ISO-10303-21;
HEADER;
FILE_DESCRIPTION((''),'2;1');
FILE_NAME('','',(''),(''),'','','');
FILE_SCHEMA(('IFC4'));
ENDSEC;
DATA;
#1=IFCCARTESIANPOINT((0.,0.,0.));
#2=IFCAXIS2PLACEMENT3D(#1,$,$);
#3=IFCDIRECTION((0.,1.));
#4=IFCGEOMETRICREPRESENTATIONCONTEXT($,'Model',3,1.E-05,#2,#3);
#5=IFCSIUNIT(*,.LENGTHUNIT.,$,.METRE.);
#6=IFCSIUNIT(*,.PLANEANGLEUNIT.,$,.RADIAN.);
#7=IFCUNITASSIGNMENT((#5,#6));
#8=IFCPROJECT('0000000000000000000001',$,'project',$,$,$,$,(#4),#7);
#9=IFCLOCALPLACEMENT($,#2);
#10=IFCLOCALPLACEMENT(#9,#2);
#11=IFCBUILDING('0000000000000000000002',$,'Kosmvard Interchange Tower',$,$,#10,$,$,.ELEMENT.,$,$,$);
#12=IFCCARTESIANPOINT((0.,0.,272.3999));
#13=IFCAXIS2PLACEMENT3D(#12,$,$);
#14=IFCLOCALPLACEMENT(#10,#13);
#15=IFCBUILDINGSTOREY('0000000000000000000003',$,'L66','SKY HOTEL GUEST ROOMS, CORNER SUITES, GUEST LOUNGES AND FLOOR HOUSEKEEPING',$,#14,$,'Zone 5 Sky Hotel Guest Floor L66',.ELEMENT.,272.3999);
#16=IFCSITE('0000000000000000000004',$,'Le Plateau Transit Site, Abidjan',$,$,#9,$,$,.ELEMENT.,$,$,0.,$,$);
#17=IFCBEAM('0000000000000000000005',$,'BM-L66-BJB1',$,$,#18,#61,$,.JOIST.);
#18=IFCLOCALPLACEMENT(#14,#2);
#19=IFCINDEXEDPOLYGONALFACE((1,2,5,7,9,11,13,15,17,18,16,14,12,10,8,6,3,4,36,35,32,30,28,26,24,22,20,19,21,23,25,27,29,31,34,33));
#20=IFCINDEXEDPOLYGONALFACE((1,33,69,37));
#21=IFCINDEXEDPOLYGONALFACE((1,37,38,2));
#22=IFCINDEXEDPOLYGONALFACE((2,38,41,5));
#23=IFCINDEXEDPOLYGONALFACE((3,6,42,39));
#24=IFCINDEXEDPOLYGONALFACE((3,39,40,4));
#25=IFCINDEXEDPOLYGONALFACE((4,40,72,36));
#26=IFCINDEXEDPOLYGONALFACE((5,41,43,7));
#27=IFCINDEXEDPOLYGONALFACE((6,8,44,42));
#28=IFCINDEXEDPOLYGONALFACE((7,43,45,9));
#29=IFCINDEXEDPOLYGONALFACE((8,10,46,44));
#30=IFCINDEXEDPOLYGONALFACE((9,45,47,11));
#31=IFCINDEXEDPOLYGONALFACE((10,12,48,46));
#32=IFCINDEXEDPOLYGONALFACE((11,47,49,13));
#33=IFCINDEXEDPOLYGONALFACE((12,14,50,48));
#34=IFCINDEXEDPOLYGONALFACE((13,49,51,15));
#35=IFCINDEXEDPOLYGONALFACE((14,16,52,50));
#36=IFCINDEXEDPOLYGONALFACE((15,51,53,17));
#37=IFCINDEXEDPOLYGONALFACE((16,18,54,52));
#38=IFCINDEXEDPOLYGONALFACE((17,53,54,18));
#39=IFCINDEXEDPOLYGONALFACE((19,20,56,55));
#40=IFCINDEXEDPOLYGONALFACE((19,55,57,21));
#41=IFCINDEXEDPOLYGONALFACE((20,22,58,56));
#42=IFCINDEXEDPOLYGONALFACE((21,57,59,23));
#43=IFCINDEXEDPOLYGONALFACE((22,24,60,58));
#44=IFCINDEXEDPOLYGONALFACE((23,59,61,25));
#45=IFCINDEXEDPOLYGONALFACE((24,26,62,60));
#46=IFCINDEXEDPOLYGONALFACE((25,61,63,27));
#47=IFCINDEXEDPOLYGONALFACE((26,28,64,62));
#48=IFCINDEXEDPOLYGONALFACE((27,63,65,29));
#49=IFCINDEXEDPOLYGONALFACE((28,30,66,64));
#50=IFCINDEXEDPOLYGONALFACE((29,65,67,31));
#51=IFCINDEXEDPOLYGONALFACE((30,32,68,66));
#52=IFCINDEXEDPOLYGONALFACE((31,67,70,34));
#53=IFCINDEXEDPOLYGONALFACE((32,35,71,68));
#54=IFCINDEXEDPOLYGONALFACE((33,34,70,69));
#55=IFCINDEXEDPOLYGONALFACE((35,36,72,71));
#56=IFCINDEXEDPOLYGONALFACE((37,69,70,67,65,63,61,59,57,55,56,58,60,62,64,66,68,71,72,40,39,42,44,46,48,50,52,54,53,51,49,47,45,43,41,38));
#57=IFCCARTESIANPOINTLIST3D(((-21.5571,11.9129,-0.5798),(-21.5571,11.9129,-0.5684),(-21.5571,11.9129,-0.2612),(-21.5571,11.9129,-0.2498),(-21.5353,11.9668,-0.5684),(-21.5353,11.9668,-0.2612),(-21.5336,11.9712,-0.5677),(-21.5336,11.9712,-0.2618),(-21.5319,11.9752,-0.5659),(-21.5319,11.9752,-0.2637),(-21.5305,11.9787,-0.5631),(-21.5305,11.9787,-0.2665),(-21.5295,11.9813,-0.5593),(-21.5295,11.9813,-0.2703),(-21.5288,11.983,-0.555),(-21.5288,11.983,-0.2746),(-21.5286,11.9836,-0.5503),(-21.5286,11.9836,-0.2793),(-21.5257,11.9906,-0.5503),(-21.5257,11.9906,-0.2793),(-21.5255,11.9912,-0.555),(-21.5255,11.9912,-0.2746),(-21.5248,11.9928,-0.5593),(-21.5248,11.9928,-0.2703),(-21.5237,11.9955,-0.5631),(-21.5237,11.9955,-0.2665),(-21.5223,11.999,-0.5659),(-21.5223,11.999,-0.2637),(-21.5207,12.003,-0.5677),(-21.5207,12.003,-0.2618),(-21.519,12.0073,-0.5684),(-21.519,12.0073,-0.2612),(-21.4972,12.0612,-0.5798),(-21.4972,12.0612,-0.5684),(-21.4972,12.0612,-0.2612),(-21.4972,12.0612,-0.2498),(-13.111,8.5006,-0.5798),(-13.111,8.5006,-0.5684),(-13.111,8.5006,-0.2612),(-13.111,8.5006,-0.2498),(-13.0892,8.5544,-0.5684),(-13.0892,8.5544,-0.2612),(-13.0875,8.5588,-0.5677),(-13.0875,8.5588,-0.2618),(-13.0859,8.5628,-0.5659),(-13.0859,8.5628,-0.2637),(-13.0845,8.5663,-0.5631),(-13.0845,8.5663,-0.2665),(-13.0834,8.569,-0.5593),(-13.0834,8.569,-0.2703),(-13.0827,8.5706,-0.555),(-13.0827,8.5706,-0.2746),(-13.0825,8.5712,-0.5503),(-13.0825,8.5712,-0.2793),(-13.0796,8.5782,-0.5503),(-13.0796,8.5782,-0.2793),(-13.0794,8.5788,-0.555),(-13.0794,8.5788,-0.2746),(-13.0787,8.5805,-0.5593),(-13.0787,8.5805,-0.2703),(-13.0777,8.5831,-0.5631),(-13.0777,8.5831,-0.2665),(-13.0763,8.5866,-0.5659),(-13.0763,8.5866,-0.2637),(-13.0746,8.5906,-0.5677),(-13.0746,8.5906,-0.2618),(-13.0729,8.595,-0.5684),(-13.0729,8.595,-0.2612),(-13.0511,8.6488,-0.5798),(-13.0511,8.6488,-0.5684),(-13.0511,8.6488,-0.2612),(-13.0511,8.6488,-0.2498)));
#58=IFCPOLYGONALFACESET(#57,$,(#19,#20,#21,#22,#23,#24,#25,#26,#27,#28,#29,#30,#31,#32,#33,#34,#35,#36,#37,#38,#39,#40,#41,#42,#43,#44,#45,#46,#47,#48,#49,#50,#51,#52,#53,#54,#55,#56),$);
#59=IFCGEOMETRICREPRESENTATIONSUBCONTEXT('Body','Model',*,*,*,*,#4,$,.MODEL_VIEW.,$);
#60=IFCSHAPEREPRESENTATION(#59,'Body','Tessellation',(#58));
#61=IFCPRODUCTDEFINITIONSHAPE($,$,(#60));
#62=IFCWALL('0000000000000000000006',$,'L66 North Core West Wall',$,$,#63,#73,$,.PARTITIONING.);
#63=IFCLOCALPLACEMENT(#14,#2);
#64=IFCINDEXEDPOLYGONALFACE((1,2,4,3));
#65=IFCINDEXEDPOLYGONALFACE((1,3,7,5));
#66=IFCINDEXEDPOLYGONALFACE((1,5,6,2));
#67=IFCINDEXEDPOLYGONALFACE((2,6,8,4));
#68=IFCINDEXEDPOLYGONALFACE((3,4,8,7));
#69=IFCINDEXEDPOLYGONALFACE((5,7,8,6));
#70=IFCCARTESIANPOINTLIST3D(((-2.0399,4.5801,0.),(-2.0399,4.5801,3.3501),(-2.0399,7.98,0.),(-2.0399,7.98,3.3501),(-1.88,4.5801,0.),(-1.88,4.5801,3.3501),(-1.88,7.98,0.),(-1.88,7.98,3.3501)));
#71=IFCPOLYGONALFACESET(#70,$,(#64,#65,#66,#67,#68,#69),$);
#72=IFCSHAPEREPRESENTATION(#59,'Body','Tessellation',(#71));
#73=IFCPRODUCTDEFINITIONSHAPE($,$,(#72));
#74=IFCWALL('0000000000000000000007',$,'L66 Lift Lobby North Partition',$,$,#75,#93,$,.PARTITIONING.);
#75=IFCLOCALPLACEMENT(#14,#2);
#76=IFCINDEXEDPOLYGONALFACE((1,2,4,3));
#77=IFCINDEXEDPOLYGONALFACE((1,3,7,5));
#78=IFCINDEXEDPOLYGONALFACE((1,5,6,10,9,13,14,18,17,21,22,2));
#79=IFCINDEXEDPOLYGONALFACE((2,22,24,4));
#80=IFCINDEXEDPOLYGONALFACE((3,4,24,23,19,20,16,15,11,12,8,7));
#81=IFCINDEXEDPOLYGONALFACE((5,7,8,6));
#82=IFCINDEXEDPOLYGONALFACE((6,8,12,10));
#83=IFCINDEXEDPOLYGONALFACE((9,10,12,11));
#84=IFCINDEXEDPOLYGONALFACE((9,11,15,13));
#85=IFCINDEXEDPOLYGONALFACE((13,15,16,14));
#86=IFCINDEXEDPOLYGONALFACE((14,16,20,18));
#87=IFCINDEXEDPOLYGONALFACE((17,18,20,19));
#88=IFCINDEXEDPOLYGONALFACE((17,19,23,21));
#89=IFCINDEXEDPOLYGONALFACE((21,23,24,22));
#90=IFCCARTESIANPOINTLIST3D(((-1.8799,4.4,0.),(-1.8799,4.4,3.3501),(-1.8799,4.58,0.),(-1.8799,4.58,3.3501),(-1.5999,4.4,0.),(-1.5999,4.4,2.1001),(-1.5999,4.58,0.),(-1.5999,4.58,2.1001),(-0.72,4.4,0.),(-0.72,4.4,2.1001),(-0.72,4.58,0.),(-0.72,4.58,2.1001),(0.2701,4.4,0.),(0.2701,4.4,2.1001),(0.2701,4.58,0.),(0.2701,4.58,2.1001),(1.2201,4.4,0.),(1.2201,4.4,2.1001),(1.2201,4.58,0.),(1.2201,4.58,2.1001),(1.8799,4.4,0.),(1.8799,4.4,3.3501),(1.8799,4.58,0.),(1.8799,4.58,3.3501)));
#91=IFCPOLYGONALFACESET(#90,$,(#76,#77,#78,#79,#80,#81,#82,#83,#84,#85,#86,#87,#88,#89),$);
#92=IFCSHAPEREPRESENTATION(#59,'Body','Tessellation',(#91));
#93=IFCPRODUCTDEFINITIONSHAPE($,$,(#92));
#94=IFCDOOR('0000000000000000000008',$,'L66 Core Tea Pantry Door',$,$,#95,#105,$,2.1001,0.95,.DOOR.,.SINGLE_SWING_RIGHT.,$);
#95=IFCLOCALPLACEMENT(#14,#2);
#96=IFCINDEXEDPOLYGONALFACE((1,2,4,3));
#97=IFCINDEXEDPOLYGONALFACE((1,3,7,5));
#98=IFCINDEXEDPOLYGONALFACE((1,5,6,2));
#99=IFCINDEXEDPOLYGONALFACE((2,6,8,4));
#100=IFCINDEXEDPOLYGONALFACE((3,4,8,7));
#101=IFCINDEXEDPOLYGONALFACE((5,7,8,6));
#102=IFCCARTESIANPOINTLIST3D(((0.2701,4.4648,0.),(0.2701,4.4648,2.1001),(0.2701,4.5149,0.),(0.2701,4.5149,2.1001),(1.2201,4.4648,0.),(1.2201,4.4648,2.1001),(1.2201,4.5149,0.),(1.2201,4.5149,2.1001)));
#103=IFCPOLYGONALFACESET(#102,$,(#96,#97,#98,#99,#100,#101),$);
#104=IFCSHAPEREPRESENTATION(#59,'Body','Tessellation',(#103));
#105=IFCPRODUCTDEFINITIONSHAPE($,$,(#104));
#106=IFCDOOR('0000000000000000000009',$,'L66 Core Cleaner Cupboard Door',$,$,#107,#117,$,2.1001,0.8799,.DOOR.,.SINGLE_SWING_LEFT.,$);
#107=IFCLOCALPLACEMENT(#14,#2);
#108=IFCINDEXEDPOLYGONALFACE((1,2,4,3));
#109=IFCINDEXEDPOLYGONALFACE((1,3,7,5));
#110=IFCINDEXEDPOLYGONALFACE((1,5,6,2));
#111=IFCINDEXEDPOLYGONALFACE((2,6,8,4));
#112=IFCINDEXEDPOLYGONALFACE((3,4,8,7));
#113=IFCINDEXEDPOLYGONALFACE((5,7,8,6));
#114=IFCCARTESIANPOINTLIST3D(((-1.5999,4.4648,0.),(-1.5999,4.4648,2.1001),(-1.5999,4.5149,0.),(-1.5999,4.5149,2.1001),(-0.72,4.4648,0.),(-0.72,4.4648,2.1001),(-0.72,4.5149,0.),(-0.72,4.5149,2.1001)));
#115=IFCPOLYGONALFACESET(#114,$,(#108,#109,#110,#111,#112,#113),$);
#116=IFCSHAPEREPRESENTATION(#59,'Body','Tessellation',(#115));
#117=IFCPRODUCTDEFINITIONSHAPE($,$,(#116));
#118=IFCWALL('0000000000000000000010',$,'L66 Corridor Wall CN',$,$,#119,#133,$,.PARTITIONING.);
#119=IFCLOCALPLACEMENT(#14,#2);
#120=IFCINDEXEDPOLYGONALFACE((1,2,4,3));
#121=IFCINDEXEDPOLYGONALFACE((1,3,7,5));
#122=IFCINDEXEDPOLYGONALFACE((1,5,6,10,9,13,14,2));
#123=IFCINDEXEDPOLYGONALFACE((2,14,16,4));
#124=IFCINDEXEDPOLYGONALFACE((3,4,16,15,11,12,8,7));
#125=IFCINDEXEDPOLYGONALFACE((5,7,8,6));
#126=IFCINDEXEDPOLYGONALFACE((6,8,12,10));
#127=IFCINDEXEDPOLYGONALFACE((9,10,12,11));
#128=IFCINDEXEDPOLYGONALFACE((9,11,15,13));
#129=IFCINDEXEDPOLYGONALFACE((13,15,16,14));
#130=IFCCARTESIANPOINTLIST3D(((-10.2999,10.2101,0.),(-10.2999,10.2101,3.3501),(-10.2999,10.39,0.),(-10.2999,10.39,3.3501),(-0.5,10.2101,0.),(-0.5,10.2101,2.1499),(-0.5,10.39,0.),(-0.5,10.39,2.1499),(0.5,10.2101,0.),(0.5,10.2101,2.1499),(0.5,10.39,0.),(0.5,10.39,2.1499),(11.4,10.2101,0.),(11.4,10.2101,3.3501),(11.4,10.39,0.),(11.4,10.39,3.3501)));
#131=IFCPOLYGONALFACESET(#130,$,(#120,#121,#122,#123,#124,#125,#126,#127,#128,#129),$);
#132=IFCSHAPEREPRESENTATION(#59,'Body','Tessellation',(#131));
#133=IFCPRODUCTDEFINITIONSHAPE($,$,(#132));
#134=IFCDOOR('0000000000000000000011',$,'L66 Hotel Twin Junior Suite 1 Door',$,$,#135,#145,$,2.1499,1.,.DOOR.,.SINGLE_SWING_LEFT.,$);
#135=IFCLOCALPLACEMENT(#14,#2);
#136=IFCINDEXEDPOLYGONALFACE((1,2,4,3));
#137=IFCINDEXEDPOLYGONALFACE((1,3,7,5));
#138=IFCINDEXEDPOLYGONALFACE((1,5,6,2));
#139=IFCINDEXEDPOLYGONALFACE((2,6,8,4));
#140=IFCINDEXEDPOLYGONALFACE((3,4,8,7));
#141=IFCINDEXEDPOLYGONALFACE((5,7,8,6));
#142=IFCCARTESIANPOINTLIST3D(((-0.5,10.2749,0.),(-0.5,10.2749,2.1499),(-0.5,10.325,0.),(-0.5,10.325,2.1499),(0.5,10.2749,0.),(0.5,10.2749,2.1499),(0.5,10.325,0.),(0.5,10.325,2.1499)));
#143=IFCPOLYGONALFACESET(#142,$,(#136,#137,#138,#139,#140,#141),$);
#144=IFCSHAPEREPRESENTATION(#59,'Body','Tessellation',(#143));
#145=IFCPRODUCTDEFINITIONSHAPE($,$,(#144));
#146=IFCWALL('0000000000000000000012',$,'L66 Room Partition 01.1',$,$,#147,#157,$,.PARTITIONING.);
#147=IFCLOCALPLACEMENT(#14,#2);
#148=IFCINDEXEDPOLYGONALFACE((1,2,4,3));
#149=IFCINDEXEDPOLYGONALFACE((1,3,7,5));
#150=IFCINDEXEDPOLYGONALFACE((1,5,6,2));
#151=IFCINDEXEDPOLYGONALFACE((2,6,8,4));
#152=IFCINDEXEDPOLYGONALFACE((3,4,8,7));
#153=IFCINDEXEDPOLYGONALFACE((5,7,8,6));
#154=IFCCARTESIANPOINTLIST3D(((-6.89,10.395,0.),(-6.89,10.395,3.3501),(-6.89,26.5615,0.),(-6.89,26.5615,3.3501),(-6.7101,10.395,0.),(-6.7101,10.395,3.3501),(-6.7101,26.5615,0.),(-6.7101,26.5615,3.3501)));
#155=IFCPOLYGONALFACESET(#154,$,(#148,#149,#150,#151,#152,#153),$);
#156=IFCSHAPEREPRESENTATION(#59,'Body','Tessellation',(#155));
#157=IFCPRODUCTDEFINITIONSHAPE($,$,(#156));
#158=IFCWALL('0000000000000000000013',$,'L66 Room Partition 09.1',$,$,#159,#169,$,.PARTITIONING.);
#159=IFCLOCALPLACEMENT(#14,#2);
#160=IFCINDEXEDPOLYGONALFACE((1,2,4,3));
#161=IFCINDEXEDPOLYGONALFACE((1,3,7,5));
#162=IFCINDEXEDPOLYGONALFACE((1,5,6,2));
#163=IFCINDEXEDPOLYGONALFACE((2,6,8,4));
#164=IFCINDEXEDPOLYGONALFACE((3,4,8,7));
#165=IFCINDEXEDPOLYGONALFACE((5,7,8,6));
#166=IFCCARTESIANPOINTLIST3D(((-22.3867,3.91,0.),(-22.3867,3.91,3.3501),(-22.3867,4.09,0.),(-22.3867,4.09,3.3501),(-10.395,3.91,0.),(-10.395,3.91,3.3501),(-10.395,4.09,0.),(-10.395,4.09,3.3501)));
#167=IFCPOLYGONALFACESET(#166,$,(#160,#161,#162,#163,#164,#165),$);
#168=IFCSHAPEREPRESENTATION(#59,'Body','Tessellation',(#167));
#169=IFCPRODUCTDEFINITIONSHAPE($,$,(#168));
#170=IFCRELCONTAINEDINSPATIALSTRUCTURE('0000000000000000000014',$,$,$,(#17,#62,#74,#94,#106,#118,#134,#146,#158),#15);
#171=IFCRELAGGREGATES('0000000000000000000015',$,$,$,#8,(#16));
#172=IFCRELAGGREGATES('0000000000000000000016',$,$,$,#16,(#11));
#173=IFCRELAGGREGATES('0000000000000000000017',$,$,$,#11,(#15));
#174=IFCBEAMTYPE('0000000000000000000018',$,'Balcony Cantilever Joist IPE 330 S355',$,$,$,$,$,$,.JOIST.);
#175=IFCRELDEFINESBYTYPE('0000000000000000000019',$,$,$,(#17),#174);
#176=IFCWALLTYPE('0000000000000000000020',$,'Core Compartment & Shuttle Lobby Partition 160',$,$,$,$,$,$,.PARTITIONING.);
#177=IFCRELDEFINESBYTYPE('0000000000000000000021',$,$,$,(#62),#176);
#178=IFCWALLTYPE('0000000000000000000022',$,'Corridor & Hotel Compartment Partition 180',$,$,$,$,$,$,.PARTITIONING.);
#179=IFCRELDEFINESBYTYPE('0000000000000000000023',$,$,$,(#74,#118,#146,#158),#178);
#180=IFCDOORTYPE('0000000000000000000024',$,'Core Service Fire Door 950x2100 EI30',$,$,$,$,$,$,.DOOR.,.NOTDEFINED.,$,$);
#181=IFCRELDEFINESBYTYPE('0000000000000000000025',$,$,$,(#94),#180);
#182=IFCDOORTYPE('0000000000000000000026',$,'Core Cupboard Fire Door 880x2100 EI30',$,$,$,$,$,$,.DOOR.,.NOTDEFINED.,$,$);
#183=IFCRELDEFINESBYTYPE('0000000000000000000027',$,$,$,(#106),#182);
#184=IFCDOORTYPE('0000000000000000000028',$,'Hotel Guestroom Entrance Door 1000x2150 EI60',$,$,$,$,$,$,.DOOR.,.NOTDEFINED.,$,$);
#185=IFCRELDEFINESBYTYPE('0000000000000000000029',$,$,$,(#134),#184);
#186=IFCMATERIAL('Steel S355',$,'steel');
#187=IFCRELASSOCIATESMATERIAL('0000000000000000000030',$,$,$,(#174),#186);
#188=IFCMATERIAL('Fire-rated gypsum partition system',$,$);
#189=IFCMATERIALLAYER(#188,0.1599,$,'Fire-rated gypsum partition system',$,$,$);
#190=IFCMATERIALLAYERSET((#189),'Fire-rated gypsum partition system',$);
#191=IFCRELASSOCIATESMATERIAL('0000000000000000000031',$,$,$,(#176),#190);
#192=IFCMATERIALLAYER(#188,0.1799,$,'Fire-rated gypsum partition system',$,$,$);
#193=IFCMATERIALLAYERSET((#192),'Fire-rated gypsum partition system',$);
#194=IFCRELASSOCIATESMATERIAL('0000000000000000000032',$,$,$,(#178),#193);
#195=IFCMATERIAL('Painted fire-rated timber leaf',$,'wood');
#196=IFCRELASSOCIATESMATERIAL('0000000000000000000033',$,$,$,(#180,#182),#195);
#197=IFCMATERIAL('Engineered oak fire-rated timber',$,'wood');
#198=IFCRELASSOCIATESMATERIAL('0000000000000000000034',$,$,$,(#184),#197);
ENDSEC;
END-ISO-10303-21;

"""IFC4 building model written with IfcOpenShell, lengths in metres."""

from ifc_helpers import new_model, si_unit, direction, frame, frame_2d, origin, origin_2d, place, context, subcontext, project, spatial, rectangle, i_section, extrude, source, transform, mapped, material, layer, layer_set, material_profile, profile_set, type_object, element, fill, save


model = new_model("IFC4")

# Units and contexts
model_context = context("Model", 3, precision=1e-05, world=origin(), true_north=direction((0.0, 1.0)))
body_context = subcontext(model_context, "Body", "Model", "MODEL_VIEW")
ifc_project = project(units=[si_unit("LENGTHUNIT", "METRE"), si_unit("PLANEANGLEUNIT", "RADIAN")], contexts=[model_context])

# Site, building, storey
site_placement = place(None, origin())
site = spatial("IfcSite", under=ifc_project, at=site_placement, Name="Le Plateau Transit Site, Abidjan", CompositionType="ELEMENT", RefElevation=0.0)
building_placement = place(site_placement, origin())
building = spatial("IfcBuilding", under=site, at=building_placement, Name="Kosmvard Interchange Tower", CompositionType="ELEMENT")
storey_placement = place(building_placement, frame((0.0, 0.0, 272.3999)))
storey = spatial("IfcBuildingStorey", under=building, at=storey_placement, Name="L66", Description="SKY HOTEL GUEST ROOMS, CORNER SUITES, GUEST LOUNGES AND FLOOR HOUSEKEEPING", LongName="Zone 5 Sky Hotel Guest Floor L66", CompositionType="ELEMENT", Elevation=272.3999)

# Beam
ifc_material_1 = material(Name="Steel S355", Category="steel")
ifc_material_profile_1 = material_profile(ifc_material_1, i_section(OverallWidth=0.1599, OverallDepth=0.3301, WebThickness=0.0076, FlangeThickness=0.0115, FilletRadius=0.0181, at=origin_2d()), Name="IPE 330")
ifc_profile_set_1 = profile_set([ifc_material_profile_1], Name="Steel S355")
beam_type_1 = type_object("IfcBeamType", Name="Balcony Cantilever Joist IPE 330 S355", PredefinedType="JOIST", material=ifc_profile_set_1)
shared_shape_1 = source(origin(), body_context, "Body", "SweptSolid", [
    extrude(i_section(OverallWidth=0.1599, OverallDepth=0.3301, WebThickness=0.0076, FlangeThickness=0.0115, FilletRadius=0.0181, at=origin_2d()), origin(), (0.0, 0.0, 1.0), 9.1094),
])
beam_1_placement = place(storey_placement, frame((-13.0811, 8.5747, -0.4148), z_axis=(-0.927187, 0.3746, 0.0), x_axis=(-0.3746, -0.927187, 0.0)))
element("IfcBeam", 1, at=beam_1_placement, inside=storey, type_object=beam_type_1, Name="BM-L66-BJB1", PredefinedType="JOIST", context=body_context, shape_type="MappedRepresentation", body=[
    mapped(shared_shape_1, transform((0.0, 0.0, 0.0), scale=1.0)),
])

# Wall
ifc_material_2 = material(Name="Fire-rated gypsum partition system")
ifc_layer_1 = layer(ifc_material_2, 0.1599, Name="Fire-rated gypsum partition system")
ifc_layer_set_1 = layer_set([ifc_layer_1], Name="Fire-rated gypsum partition system")
wall_type_1 = type_object("IfcWallType", Name="Core Compartment & Shuttle Lobby Partition 160", PredefinedType="PARTITIONING", material=ifc_layer_set_1)
wall_1_placement = place(storey_placement, frame((-1.96, 4.5801, 0.0), z_axis=(0.0, 0.0, 1.0), x_axis=(0.0, 1.0, 0.0)))
element("IfcWall", 2, at=wall_1_placement, inside=storey, type_object=wall_type_1, Name="L66 North Core West Wall", PredefinedType="PARTITIONING", context=body_context, shape_type="SweptSolid", body=[
    extrude(rectangle(XDim=3.3999, YDim=0.1599, at=frame_2d((1.7, 0.0))), origin(), (0.0, 0.0, 1.0), 3.3501),
])

# Wall, openings, doors
ifc_layer_2 = layer(ifc_material_2, 0.1799, Name="Fire-rated gypsum partition system")
ifc_layer_set_2 = layer_set([ifc_layer_2], Name="Fire-rated gypsum partition system")
wall_type_2 = type_object("IfcWallType", Name="Corridor & Hotel Compartment Partition 180", PredefinedType="PARTITIONING", material=ifc_layer_set_2)
wall_2_placement = place(storey_placement, frame((-1.8799, 4.49, 0.0), z_axis=(0.0, 0.0, 1.0), x_axis=(1.0, 0.0, 0.0)))
wall_2 = element("IfcWall", 3, at=wall_2_placement, inside=storey, type_object=wall_type_2, Name="L66 Lift Lobby North Partition", PredefinedType="PARTITIONING", context=body_context, shape_type="SweptSolid", body=[
    extrude(rectangle(XDim=3.7598, YDim=0.1799, at=frame_2d((1.8799, 0.0))), origin(), (0.0, 0.0, 1.0), 3.3501),
])
opening_1_placement = place(wall_2_placement, frame((0.28, 0.0, 0.0)))
opening_1 = element("IfcOpeningElement", 4, at=opening_1_placement, cuts=wall_2, PredefinedType="OPENING", context=body_context, shape_type="SweptSolid", body=[
    extrude(rectangle(XDim=0.8799, YDim=2.1001, at=frame_2d((0.4399, 1.05))), frame((0.0, 0.1001, 0.0), z_axis=(0.0, -1.0, 0.0), x_axis=(1.0, 0.0, 0.0)), (0.0, 0.0, 1.0), 0.2),
])
opening_2_placement = place(wall_2_placement, frame((2.1499, 0.0, 0.0)))
opening_2 = element("IfcOpeningElement", 5, at=opening_2_placement, cuts=wall_2, PredefinedType="OPENING", context=body_context, shape_type="SweptSolid", body=[
    extrude(rectangle(XDim=0.95, YDim=2.1001, at=frame_2d((0.4751, 1.05))), frame((0.0, 0.1001, 0.0), z_axis=(0.0, -1.0, 0.0), x_axis=(1.0, 0.0, 0.0)), (0.0, 0.0, 1.0), 0.2),
])
ifc_material_3 = material(Name="Painted fire-rated timber leaf", Category="wood")
door_type_1 = type_object("IfcDoorType", Name="Core Service Fire Door 950x2100 EI30", OperationType="NOTDEFINED", PredefinedType="DOOR", material=ifc_material_3)
shared_shape_2 = source(origin(), body_context, "Body", "SweptSolid", [
    extrude(rectangle(XDim=0.95, YDim=2.1001, at=frame_2d((0.4751, 1.05))), frame((0.0, 0.0249, 0.0), z_axis=(0.0, -1.0, 0.0), x_axis=(1.0, 0.0, 0.0)), (0.0, 0.0, 1.0), 0.05),
])
door_1_placement = place(opening_2_placement, origin())
door_1 = element("IfcDoor", 6, at=door_1_placement, inside=storey, type_object=door_type_1, Name="L66 Core Tea Pantry Door", OperationType="SINGLE_SWING_RIGHT", OverallHeight=2.1001, OverallWidth=0.95, PredefinedType="DOOR", context=body_context, shape_type="MappedRepresentation", body=[
    mapped(shared_shape_2, transform((0.0, 0.0, 0.0), scale=1.0)),
])
fill(opening_2, door_1)
door_type_2 = type_object("IfcDoorType", Name="Core Cupboard Fire Door 880x2100 EI30", OperationType="NOTDEFINED", PredefinedType="DOOR", material=ifc_material_3)
shared_shape_3 = source(origin(), body_context, "Body", "SweptSolid", [
    extrude(rectangle(XDim=0.8799, YDim=2.1001, at=frame_2d((0.4399, 1.05))), frame((0.0, 0.0249, 0.0), z_axis=(0.0, -1.0, 0.0), x_axis=(1.0, 0.0, 0.0)), (0.0, 0.0, 1.0), 0.05),
])
door_2_placement = place(opening_1_placement, origin())
door_2 = element("IfcDoor", 7, at=door_2_placement, inside=storey, type_object=door_type_2, Name="L66 Core Cleaner Cupboard Door", OperationType="SINGLE_SWING_LEFT", OverallHeight=2.1001, OverallWidth=0.8799, PredefinedType="DOOR", context=body_context, shape_type="MappedRepresentation", body=[
    mapped(shared_shape_3, transform((0.0, 0.0, 0.0), scale=1.0)),
])
fill(opening_1, door_2)

# Wall, opening, door
wall_3_placement = place(storey_placement, frame((-10.3, 10.3, 0.0), z_axis=(0.0, 0.0, 1.0), x_axis=(1.0, 0.0, 0.0)))
wall_3 = element("IfcWall", 8, at=wall_3_placement, inside=storey, type_object=wall_type_2, Name="L66 Corridor Wall CN", PredefinedType="PARTITIONING", context=body_context, shape_type="SweptSolid", body=[
    extrude(rectangle(XDim=21.7, YDim=0.1799, at=frame_2d((10.8501, 0.0))), origin(), (0.0, 0.0, 1.0), 3.3501),
])
opening_3_placement = place(wall_3_placement, frame((9.8, 0.0, 0.0)))
opening_3 = element("IfcOpeningElement", 9, at=opening_3_placement, cuts=wall_3, PredefinedType="OPENING", context=body_context, shape_type="SweptSolid", body=[
    extrude(rectangle(XDim=1.0, YDim=2.1499, at=frame_2d((0.5, 1.075))), frame((0.0, 0.1001, 0.0), z_axis=(0.0, -1.0, 0.0), x_axis=(1.0, 0.0, 0.0)), (0.0, 0.0, 1.0), 0.2),
])
ifc_material_4 = material(Name="Engineered oak fire-rated timber", Category="wood")
door_type_3 = type_object("IfcDoorType", Name="Hotel Guestroom Entrance Door 1000x2150 EI60", OperationType="NOTDEFINED", PredefinedType="DOOR", material=ifc_material_4)
shared_shape_4 = source(origin(), body_context, "Body", "SweptSolid", [
    extrude(rectangle(XDim=1.0, YDim=2.1499, at=frame_2d((0.5, 1.075))), frame((0.0, 0.0249, 0.0), z_axis=(0.0, -1.0, 0.0), x_axis=(1.0, 0.0, 0.0)), (0.0, 0.0, 1.0), 0.05),
])
door_3_placement = place(opening_3_placement, origin())
door_3 = element("IfcDoor", 10, at=door_3_placement, inside=storey, type_object=door_type_3, Name="L66 Hotel Twin Junior Suite 1 Door", OperationType="SINGLE_SWING_LEFT", OverallHeight=2.1499, OverallWidth=1.0, PredefinedType="DOOR", context=body_context, shape_type="MappedRepresentation", body=[
    mapped(shared_shape_4, transform((0.0, 0.0, 0.0), scale=1.0)),
])
fill(opening_3, door_3)

# Walls
wall_4_placement = place(storey_placement, frame((-6.8, 10.395, 0.0), z_axis=(0.0, 0.0, 1.0), x_axis=(0.0, 1.0, 0.0)))
element("IfcWall", 11, at=wall_4_placement, inside=storey, type_object=wall_type_2, Name="L66 Room Partition 01.1", PredefinedType="PARTITIONING", context=body_context, shape_type="SweptSolid", body=[
    extrude(rectangle(XDim=16.1665, YDim=0.1799, at=frame_2d((8.0833, 0.0))), origin(), (0.0, 0.0, 1.0), 3.3501),
])
wall_5_placement = place(storey_placement, frame((-10.395, 4.0, 0.0), z_axis=(0.0, 0.0, 1.0), x_axis=(-1.0, 0.0, 0.0)))
element("IfcWall", 12, at=wall_5_placement, inside=storey, type_object=wall_type_2, Name="L66 Room Partition 09.1", PredefinedType="PARTITIONING", context=body_context, shape_type="SweptSolid", body=[
    extrude(rectangle(XDim=11.9917, YDim=0.1799, at=frame_2d((5.9958, 0.0))), origin(), (0.0, 0.0, 1.0), 3.3501),
])

save(model, "model.ifc")
